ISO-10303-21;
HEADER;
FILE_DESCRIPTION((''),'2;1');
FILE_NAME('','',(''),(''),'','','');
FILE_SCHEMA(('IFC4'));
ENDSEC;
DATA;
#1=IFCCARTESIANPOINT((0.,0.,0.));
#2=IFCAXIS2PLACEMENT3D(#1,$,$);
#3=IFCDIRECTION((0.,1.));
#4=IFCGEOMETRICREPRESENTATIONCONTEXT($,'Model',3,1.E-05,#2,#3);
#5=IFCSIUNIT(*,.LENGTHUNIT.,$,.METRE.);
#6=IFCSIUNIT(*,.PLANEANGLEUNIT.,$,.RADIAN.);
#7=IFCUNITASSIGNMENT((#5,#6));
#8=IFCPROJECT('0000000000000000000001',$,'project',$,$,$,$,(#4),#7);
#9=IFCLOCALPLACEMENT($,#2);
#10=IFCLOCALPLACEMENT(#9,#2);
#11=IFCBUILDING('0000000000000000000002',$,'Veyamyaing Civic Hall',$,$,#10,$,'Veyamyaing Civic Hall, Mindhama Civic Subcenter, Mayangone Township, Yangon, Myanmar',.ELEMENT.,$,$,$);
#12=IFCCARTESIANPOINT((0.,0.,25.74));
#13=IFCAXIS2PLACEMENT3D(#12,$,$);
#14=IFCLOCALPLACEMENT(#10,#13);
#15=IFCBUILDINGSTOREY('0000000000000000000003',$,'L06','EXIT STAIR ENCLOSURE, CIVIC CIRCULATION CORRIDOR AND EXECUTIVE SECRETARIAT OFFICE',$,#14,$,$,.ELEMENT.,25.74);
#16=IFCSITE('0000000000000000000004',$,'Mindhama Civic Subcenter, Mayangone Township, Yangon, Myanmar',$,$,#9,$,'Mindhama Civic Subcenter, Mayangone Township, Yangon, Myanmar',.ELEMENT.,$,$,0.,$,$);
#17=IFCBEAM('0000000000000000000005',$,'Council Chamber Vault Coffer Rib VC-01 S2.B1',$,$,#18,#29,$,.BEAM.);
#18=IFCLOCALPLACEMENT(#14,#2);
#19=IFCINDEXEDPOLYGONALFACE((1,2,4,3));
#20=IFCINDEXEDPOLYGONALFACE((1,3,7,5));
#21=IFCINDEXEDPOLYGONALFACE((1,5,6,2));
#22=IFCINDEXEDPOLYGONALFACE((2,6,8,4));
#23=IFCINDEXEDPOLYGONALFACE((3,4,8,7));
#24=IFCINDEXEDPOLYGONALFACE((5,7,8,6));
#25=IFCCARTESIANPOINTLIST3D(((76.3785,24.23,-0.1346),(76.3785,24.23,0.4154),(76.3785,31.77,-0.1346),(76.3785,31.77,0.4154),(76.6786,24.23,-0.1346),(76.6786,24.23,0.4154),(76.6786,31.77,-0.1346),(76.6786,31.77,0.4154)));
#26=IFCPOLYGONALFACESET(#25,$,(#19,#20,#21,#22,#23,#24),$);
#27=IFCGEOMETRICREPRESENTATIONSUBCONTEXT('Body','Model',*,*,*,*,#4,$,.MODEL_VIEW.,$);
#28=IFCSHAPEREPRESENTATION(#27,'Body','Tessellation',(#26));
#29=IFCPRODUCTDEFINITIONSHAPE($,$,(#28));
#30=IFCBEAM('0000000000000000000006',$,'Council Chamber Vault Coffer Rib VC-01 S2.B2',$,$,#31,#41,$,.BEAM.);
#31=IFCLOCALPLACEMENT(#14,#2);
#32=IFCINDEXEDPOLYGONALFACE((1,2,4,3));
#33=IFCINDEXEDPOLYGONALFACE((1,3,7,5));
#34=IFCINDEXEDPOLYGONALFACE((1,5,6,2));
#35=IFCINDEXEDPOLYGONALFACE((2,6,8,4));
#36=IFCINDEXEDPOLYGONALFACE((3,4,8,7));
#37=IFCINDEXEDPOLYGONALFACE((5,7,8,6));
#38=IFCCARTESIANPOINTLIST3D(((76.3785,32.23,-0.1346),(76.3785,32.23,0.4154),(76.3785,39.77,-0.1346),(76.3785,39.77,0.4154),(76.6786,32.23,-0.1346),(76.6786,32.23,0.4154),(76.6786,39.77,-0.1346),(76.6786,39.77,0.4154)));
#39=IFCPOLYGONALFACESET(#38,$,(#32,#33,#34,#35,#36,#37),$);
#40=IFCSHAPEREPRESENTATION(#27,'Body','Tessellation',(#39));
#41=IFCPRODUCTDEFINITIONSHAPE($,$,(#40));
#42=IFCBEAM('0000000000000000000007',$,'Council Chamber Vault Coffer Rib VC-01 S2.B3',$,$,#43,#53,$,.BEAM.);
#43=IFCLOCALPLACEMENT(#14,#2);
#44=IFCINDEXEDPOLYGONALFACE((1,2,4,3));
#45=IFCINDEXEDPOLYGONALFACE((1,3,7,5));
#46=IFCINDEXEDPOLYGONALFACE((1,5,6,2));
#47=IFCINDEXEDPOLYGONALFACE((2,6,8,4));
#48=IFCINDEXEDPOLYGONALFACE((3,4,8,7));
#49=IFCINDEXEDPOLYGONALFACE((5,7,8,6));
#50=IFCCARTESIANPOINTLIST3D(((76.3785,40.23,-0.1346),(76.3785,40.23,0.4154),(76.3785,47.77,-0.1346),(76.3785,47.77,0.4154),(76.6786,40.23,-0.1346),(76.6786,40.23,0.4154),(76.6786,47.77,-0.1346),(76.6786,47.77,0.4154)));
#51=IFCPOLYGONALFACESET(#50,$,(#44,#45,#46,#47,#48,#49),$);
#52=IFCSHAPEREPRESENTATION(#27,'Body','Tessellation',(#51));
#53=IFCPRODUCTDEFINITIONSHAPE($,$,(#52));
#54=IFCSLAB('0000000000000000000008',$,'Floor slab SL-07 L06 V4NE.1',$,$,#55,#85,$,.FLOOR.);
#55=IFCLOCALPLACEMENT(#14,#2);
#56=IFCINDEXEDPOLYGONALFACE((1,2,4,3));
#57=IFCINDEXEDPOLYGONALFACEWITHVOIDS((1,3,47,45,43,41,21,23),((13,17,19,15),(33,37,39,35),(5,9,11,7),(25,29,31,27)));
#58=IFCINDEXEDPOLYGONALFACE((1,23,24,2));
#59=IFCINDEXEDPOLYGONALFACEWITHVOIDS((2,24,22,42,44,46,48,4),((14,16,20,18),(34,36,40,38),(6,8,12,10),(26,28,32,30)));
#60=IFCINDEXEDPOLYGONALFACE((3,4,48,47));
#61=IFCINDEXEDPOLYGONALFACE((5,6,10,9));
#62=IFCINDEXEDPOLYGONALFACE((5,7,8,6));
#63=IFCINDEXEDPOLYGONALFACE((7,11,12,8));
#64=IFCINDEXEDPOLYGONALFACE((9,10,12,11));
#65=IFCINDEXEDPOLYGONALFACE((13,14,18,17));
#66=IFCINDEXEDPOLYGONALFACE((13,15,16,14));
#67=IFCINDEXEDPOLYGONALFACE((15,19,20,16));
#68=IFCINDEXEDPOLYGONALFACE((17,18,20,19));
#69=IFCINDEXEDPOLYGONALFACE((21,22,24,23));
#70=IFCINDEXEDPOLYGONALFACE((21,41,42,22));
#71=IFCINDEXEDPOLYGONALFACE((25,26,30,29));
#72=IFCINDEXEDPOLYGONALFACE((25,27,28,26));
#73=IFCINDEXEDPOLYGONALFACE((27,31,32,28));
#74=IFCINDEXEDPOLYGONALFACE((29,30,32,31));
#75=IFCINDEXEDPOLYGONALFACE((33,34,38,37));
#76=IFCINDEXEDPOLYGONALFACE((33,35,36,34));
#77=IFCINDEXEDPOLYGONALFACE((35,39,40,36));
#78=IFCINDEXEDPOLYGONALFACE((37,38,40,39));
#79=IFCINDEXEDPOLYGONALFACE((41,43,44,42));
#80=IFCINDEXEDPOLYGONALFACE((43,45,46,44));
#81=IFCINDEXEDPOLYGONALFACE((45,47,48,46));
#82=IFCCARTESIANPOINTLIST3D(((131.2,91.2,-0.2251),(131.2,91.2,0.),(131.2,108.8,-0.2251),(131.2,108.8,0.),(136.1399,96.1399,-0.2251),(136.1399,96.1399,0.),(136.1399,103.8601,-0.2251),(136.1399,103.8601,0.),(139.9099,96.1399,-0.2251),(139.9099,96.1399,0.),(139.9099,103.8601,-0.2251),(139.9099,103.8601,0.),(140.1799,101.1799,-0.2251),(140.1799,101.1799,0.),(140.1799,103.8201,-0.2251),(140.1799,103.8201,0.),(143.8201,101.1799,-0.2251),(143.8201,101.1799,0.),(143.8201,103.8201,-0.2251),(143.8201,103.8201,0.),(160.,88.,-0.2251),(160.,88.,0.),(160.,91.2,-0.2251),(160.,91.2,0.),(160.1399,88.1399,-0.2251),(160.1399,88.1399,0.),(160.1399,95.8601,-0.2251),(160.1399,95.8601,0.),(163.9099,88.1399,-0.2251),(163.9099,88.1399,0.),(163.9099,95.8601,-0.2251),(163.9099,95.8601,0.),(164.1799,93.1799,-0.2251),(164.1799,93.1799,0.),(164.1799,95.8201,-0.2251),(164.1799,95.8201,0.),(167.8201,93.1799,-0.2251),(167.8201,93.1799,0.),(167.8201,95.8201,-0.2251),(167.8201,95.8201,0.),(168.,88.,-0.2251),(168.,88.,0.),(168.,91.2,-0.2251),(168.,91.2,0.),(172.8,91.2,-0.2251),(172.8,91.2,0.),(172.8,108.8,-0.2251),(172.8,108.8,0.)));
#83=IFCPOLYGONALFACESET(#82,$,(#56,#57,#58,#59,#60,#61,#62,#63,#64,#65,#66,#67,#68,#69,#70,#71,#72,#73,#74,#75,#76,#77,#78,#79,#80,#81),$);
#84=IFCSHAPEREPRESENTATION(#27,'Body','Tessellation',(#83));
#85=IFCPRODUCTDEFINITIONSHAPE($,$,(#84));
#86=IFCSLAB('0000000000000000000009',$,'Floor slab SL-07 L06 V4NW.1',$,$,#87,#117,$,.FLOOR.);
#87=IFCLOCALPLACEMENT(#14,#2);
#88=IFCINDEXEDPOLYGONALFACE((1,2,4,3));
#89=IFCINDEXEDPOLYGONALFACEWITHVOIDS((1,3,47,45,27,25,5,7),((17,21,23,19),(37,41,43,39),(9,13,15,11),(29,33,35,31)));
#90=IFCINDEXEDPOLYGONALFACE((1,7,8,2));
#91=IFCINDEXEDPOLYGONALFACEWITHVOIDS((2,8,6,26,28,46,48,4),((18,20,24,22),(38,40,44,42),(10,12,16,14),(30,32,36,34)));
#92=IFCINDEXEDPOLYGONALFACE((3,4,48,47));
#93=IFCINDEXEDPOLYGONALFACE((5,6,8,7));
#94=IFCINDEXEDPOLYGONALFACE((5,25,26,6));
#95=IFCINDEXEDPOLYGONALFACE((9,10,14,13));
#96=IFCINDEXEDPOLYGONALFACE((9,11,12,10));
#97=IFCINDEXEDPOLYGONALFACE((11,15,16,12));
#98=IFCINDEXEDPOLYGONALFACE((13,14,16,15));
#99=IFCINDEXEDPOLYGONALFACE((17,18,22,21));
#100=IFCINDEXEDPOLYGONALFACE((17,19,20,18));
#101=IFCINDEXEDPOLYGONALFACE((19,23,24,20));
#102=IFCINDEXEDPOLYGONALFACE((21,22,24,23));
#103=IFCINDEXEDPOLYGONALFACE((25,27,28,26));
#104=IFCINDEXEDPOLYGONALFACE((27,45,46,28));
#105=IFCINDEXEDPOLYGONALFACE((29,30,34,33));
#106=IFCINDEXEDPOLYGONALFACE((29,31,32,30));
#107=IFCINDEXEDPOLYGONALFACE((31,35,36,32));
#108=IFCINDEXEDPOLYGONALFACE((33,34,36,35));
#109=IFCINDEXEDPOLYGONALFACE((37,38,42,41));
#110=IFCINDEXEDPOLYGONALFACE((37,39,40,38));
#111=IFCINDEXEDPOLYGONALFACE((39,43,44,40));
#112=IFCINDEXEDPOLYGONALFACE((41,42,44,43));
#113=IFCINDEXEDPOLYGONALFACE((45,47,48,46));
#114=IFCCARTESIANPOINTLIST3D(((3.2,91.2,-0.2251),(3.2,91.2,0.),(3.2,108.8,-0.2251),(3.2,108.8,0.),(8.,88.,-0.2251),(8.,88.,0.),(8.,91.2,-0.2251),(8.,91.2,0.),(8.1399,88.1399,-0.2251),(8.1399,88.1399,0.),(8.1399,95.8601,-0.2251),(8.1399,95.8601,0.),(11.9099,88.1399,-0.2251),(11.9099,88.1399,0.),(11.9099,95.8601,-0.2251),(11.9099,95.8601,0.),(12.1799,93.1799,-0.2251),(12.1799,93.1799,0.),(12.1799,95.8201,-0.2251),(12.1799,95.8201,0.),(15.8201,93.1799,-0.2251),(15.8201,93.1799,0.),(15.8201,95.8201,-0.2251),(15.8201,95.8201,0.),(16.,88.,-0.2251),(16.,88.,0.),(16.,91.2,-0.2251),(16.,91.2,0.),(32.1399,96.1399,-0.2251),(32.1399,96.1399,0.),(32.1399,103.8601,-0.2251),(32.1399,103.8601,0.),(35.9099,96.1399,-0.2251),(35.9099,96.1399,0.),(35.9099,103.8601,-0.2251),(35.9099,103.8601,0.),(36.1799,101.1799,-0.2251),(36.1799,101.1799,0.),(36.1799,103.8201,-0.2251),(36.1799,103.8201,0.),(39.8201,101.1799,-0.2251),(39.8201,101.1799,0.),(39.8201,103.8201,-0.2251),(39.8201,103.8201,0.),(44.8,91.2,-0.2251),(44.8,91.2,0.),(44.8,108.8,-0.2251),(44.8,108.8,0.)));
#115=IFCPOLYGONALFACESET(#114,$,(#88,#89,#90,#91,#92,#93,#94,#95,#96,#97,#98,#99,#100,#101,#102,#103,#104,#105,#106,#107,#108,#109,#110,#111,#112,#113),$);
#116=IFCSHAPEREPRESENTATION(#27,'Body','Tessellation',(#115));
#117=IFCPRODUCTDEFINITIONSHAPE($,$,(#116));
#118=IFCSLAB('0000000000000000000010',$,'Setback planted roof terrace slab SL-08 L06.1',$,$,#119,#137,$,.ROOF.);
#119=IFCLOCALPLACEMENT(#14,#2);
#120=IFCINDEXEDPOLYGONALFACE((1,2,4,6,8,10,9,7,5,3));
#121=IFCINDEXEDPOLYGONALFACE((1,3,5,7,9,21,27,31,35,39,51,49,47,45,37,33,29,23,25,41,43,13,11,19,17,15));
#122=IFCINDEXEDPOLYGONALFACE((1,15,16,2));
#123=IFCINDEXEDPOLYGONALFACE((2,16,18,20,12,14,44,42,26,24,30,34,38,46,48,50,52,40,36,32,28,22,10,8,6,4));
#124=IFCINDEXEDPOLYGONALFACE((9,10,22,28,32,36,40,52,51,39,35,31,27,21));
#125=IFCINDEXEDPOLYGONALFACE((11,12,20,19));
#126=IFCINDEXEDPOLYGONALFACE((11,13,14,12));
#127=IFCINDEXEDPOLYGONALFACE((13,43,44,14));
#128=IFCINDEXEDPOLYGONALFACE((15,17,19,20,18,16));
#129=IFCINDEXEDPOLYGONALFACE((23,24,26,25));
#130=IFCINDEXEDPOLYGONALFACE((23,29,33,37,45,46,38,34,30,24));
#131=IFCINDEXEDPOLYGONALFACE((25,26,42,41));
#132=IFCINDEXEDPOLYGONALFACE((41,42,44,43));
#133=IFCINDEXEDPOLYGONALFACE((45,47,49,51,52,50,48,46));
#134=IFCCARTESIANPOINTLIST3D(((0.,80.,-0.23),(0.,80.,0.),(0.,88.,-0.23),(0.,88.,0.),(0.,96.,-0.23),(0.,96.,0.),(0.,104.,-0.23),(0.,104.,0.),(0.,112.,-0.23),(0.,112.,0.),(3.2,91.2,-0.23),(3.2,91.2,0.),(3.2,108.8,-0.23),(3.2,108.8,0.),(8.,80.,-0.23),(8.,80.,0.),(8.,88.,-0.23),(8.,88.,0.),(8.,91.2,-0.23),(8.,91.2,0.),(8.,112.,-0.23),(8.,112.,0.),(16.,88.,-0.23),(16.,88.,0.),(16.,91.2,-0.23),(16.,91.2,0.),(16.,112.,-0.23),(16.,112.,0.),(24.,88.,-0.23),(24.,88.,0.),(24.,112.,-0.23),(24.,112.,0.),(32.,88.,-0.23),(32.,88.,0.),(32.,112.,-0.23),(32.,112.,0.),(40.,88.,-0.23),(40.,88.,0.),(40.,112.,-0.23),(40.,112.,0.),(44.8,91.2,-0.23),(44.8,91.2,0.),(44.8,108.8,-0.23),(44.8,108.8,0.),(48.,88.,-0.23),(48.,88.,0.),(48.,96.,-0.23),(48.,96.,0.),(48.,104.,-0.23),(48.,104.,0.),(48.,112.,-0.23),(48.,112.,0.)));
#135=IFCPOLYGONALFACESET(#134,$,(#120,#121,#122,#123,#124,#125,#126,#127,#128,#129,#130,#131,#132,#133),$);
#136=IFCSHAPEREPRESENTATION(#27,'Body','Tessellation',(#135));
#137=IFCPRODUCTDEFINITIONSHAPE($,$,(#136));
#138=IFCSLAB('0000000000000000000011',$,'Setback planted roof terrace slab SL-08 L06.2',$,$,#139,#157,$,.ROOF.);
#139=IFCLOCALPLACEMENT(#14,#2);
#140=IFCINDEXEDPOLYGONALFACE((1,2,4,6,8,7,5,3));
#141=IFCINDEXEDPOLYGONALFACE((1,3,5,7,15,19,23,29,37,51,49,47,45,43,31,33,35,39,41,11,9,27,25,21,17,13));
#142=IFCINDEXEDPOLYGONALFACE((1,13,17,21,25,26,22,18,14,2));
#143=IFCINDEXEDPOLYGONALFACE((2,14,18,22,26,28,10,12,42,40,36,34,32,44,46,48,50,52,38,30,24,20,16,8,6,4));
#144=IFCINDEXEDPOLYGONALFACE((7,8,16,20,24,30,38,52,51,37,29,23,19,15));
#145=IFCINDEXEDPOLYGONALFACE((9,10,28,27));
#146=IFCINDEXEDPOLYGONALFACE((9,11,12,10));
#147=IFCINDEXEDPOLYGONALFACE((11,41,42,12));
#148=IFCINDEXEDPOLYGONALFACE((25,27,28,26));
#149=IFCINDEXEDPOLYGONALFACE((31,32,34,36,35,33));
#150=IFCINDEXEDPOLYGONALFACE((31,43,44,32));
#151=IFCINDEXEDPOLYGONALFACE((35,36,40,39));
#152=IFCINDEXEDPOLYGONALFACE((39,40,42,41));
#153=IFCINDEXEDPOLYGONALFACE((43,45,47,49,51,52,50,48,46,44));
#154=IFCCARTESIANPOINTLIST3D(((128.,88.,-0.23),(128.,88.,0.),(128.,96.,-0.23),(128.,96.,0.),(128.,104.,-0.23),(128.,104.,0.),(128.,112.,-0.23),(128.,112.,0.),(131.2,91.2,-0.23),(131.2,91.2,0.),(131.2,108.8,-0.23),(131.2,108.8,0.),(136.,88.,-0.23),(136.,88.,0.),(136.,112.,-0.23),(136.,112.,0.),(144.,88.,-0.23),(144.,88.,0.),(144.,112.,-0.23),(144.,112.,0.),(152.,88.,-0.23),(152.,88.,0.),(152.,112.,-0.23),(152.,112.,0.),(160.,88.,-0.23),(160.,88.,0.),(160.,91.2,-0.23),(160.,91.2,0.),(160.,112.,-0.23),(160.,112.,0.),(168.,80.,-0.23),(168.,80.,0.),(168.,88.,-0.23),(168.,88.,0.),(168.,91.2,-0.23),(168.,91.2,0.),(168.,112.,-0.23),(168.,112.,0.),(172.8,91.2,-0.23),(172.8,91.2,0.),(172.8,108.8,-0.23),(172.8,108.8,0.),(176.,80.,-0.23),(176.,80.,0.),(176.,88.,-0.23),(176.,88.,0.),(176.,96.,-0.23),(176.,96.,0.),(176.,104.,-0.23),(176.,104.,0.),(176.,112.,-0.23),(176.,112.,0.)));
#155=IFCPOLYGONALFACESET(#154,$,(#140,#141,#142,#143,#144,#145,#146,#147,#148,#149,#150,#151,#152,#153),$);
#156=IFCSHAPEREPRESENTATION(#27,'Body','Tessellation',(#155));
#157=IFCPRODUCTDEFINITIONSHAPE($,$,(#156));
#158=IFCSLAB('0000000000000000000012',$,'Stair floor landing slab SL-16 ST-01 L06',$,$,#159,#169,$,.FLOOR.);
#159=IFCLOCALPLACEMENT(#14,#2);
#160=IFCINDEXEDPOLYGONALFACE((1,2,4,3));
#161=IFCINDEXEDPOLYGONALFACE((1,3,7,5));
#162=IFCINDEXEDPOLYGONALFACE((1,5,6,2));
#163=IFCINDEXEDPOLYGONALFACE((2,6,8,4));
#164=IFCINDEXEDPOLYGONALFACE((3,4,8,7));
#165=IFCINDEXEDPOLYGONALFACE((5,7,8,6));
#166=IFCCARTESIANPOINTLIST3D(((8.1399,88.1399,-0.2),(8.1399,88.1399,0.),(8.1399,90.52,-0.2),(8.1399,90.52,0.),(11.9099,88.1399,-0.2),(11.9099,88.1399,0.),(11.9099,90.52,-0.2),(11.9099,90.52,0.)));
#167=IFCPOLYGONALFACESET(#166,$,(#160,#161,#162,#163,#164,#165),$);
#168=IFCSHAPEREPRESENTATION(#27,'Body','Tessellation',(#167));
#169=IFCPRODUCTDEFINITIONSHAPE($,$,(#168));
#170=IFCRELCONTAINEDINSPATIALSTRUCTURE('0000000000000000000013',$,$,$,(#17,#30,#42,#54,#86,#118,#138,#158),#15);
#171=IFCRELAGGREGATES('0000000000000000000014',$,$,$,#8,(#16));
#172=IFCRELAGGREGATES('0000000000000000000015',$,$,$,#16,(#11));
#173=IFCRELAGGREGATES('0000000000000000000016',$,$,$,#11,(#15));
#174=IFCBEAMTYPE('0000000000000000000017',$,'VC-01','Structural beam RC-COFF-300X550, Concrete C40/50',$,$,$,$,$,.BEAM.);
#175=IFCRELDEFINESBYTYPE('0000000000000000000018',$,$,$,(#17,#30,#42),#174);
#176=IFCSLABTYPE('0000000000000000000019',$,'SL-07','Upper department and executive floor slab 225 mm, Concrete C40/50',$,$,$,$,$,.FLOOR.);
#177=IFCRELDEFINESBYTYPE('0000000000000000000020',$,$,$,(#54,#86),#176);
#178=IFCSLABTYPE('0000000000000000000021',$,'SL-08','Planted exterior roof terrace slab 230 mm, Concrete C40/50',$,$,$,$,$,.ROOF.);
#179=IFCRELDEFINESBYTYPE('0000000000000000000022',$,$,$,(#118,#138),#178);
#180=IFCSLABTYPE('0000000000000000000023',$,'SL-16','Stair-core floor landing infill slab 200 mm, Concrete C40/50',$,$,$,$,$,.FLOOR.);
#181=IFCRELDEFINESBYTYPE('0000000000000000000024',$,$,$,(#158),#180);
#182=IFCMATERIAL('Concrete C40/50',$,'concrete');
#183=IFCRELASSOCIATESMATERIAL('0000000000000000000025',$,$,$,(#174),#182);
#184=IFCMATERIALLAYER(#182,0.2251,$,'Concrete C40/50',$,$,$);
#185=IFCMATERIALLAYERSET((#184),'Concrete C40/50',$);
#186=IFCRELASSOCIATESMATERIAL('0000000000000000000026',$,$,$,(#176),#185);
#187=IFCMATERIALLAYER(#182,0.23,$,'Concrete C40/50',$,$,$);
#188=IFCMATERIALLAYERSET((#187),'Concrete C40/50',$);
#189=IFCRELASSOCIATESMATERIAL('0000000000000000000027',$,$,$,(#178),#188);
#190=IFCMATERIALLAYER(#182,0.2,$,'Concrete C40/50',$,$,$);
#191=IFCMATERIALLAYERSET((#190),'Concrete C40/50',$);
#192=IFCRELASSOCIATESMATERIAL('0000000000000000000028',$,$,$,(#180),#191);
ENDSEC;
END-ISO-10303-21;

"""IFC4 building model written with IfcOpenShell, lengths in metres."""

from ifc_helpers import new_model, si_unit, direction, frame, origin, origin_2d, place, context, subcontext, project, spatial, polyline, rectangle, outline, extrude, material, layer, layer_set, material_profile, profile_set, type_object, element, save


model = new_model("IFC4")

# Units and contexts
model_context = context("Model", 3, precision=1e-05, world=origin(), true_north=direction((0.0, 1.0)))
body_context = subcontext(model_context, "Body", "Model", "MODEL_VIEW")
ifc_project = project(units=[si_unit("LENGTHUNIT", "METRE"), si_unit("PLANEANGLEUNIT", "RADIAN")], contexts=[model_context])

# Site, building, storey
site_placement = place(None, origin())
site = spatial("IfcSite", under=ifc_project, at=site_placement, Name="Mindhama Civic Subcenter, Mayangone Township, Yangon, Myanmar", LongName="Mindhama Civic Subcenter, Mayangone Township, Yangon, Myanmar", CompositionType="ELEMENT", RefElevation=0.0)
building_placement = place(site_placement, origin())
building = spatial("IfcBuilding", under=site, at=building_placement, Name="Veyamyaing Civic Hall", LongName="Veyamyaing Civic Hall, Mindhama Civic Subcenter, Mayangone Township, Yangon, Myanmar", CompositionType="ELEMENT")
storey_placement = place(building_placement, frame((0.0, 0.0, 25.74)))
storey = spatial("IfcBuildingStorey", under=building, at=storey_placement, Name="L06", Description="EXIT STAIR ENCLOSURE, CIVIC CIRCULATION CORRIDOR AND EXECUTIVE SECRETARIAT OFFICE", CompositionType="ELEMENT", Elevation=25.74)

# Beams
ifc_material_1 = material(Name="Concrete C40/50", Category="concrete")
ifc_material_profile = material_profile(ifc_material_1, rectangle(XDim=0.3, YDim=0.55, at=origin_2d()), Name="RC-COFF-300X550")
ifc_profile_set = profile_set([ifc_material_profile], Name="Concrete C40/50")
beam_type = type_object("IfcBeamType", Name="VC-01", Description="Structural beam RC-COFF-300X550, Concrete C40/50", PredefinedType="BEAM", material=ifc_profile_set)
for number, where, z_axis, x_axis, name in (
    (1, (76.5286, 24.23, 0.1404), (0.0, 1.0, 0.0), (-1.0, 0.0, 0.0), "Council Chamber Vault Coffer Rib VC-01 S2.B1"),
    (2, (76.5286, 32.23, 0.1404), (0.0, 1.0, 0.0), (-1.0, 0.0, 0.0), "Council Chamber Vault Coffer Rib VC-01 S2.B2"),
    (3, (76.5286, 40.23, 0.1404), (0.0, 1.0, 0.0), (-1.0, 0.0, 0.0), "Council Chamber Vault Coffer Rib VC-01 S2.B3"),
):
    element("IfcBeam", number, at=place(storey_placement, frame(where, z_axis=z_axis, x_axis=x_axis)), inside=storey, type_object=beam_type, Name=name, PredefinedType="BEAM", context=body_context, shape_type="SweptSolid", body=[
        extrude(rectangle(XDim=0.3, YDim=0.55, at=origin_2d()), origin(), (0.0, 0.0, 1.0), 7.54),
    ])

# Slabs
ifc_layer_1 = layer(ifc_material_1, 0.2251, Name="Concrete C40/50")
ifc_layer_set_1 = layer_set([ifc_layer_1], Name="Concrete C40/50")
slab_type_1 = type_object("IfcSlabType", Name="SL-07", Description="Upper department and executive floor slab 225 mm, Concrete C40/50", PredefinedType="FLOOR", material=ifc_layer_set_1)
slab_1_placement = place(storey_placement, frame((0.0, 0.0, -0.2251)))
element("IfcSlab", 4, at=slab_1_placement, inside=storey, type_object=slab_type_1, Name="Floor slab SL-07 L06 V4NE.1", PredefinedType="FLOOR", context=body_context, shape_type="SweptSolid", body=[
    extrude(outline(polyline([(160.0, 91.2), (131.2, 91.2), (131.2, 108.8), (172.8, 108.8), (172.8, 91.2), (168.0, 91.2), (168.0, 88.0), (160.0, 88.0), (160.0, 91.2)]), holes=[polyline([(160.1399, 95.8601), (160.1399, 88.1399), (163.9099, 88.1399), (163.9099, 95.8601), (160.1399, 95.8601)]), polyline([(164.1799, 95.8201), (164.1799, 93.1799), (167.8201, 93.1799), (167.8201, 95.8201), (164.1799, 95.8201)]), polyline([(136.1399, 103.8601), (136.1399, 96.1399), (139.9099, 96.1399), (139.9099, 103.8601), (136.1399, 103.8601)]), polyline([(140.1799, 103.8201), (140.1799, 101.1799), (143.8201, 101.1799), (143.8201, 103.8201), (140.1799, 103.8201)])]), origin(), (0.0, 0.0, 1.0), 0.2251),
])
slab_2_placement = place(storey_placement, frame((0.0, 0.0, -0.2251)))
element("IfcSlab", 5, at=slab_2_placement, inside=storey, type_object=slab_type_1, Name="Floor slab SL-07 L06 V4NW.1", PredefinedType="FLOOR", context=body_context, shape_type="SweptSolid", body=[
    extrude(outline(polyline([(8.0, 91.2), (3.2, 91.2), (3.2, 108.8), (44.8, 108.8), (44.8, 91.2), (16.0, 91.2), (16.0, 88.0), (8.0, 88.0), (8.0, 91.2)]), holes=[polyline([(8.1399, 95.8601), (8.1399, 88.1399), (11.9099, 88.1399), (11.9099, 95.8601), (8.1399, 95.8601)]), polyline([(12.1799, 95.8201), (12.1799, 93.1799), (15.8201, 93.1799), (15.8201, 95.8201), (12.1799, 95.8201)]), polyline([(32.1399, 103.8601), (32.1399, 96.1399), (35.9099, 96.1399), (35.9099, 103.8601), (32.1399, 103.8601)]), polyline([(36.1799, 103.8201), (36.1799, 101.1799), (39.8201, 101.1799), (39.8201, 103.8201), (36.1799, 103.8201)])]), origin(), (0.0, 0.0, 1.0), 0.2251),
])
ifc_layer_2 = layer(ifc_material_1, 0.23, Name="Concrete C40/50")
ifc_layer_set_2 = layer_set([ifc_layer_2], Name="Concrete C40/50")
slab_type_2 = type_object("IfcSlabType", Name="SL-08", Description="Planted exterior roof terrace slab 230 mm, Concrete C40/50", PredefinedType="ROOF", material=ifc_layer_set_2)
slab_3_placement = place(storey_placement, frame((0.0, 0.0, -0.23)))
element("IfcSlab", 6, at=slab_3_placement, inside=storey, type_object=slab_type_2, Name="Setback planted roof terrace slab SL-08 L06.1", PredefinedType="ROOF", context=body_context, shape_type="SweptSolid", body=[
    extrude(outline(polyline([(8.0, 112.0), (16.0, 112.0), (24.0, 112.0), (32.0, 112.0), (40.0, 112.0), (48.0, 112.0), (48.0, 104.0), (48.0, 96.0), (48.0, 88.0), (40.0, 88.0), (32.0, 88.0), (24.0, 88.0), (16.0, 88.0), (16.0, 91.2), (44.8, 91.2), (44.8, 108.8), (3.2, 108.8), (3.2, 91.2), (8.0, 91.2), (8.0, 88.0), (8.0, 80.0), (0.0, 80.0), (0.0, 88.0), (0.0, 96.0), (0.0, 104.0), (0.0, 112.0), (8.0, 112.0)])), origin(), (0.0, 0.0, 1.0), 0.23),
])
slab_4_placement = place(storey_placement, frame((0.0, 0.0, -0.23)))
element("IfcSlab", 7, at=slab_4_placement, inside=storey, type_object=slab_type_2, Name="Setback planted roof terrace slab SL-08 L06.2", PredefinedType="ROOF", context=body_context, shape_type="SweptSolid", body=[
    extrude(outline(polyline([(128.0, 88.0), (128.0, 96.0), (128.0, 104.0), (128.0, 112.0), (136.0, 112.0), (144.0, 112.0), (152.0, 112.0), (160.0, 112.0), (168.0, 112.0), (176.0, 112.0), (176.0, 104.0), (176.0, 96.0), (176.0, 88.0), (176.0, 80.0), (168.0, 80.0), (168.0, 88.0), (168.0, 91.2), (172.8, 91.2), (172.8, 108.8), (131.2, 108.8), (131.2, 91.2), (160.0, 91.2), (160.0, 88.0), (152.0, 88.0), (144.0, 88.0), (136.0, 88.0), (128.0, 88.0)])), origin(), (0.0, 0.0, 1.0), 0.23),
])
ifc_layer_3 = layer(ifc_material_1, 0.2, Name="Concrete C40/50")
ifc_layer_set_3 = layer_set([ifc_layer_3], Name="Concrete C40/50")
slab_type_3 = type_object("IfcSlabType", Name="SL-16", Description="Stair-core floor landing infill slab 200 mm, Concrete C40/50", PredefinedType="FLOOR", material=ifc_layer_set_3)
slab_5_placement = place(storey_placement, frame((0.0, 0.0, -0.2)))
element("IfcSlab", 8, at=slab_5_placement, inside=storey, type_object=slab_type_3, Name="Stair floor landing slab SL-16 ST-01 L06", PredefinedType="FLOOR", context=body_context, shape_type="SweptSolid", body=[
    extrude(outline(polyline([(8.1399, 88.1399), (11.9099, 88.1399), (11.9099, 90.52), (8.1399, 90.52), (8.1399, 88.1399)])), origin(), (0.0, 0.0, 1.0), 0.2),
])

save(model, "model.ifc")
